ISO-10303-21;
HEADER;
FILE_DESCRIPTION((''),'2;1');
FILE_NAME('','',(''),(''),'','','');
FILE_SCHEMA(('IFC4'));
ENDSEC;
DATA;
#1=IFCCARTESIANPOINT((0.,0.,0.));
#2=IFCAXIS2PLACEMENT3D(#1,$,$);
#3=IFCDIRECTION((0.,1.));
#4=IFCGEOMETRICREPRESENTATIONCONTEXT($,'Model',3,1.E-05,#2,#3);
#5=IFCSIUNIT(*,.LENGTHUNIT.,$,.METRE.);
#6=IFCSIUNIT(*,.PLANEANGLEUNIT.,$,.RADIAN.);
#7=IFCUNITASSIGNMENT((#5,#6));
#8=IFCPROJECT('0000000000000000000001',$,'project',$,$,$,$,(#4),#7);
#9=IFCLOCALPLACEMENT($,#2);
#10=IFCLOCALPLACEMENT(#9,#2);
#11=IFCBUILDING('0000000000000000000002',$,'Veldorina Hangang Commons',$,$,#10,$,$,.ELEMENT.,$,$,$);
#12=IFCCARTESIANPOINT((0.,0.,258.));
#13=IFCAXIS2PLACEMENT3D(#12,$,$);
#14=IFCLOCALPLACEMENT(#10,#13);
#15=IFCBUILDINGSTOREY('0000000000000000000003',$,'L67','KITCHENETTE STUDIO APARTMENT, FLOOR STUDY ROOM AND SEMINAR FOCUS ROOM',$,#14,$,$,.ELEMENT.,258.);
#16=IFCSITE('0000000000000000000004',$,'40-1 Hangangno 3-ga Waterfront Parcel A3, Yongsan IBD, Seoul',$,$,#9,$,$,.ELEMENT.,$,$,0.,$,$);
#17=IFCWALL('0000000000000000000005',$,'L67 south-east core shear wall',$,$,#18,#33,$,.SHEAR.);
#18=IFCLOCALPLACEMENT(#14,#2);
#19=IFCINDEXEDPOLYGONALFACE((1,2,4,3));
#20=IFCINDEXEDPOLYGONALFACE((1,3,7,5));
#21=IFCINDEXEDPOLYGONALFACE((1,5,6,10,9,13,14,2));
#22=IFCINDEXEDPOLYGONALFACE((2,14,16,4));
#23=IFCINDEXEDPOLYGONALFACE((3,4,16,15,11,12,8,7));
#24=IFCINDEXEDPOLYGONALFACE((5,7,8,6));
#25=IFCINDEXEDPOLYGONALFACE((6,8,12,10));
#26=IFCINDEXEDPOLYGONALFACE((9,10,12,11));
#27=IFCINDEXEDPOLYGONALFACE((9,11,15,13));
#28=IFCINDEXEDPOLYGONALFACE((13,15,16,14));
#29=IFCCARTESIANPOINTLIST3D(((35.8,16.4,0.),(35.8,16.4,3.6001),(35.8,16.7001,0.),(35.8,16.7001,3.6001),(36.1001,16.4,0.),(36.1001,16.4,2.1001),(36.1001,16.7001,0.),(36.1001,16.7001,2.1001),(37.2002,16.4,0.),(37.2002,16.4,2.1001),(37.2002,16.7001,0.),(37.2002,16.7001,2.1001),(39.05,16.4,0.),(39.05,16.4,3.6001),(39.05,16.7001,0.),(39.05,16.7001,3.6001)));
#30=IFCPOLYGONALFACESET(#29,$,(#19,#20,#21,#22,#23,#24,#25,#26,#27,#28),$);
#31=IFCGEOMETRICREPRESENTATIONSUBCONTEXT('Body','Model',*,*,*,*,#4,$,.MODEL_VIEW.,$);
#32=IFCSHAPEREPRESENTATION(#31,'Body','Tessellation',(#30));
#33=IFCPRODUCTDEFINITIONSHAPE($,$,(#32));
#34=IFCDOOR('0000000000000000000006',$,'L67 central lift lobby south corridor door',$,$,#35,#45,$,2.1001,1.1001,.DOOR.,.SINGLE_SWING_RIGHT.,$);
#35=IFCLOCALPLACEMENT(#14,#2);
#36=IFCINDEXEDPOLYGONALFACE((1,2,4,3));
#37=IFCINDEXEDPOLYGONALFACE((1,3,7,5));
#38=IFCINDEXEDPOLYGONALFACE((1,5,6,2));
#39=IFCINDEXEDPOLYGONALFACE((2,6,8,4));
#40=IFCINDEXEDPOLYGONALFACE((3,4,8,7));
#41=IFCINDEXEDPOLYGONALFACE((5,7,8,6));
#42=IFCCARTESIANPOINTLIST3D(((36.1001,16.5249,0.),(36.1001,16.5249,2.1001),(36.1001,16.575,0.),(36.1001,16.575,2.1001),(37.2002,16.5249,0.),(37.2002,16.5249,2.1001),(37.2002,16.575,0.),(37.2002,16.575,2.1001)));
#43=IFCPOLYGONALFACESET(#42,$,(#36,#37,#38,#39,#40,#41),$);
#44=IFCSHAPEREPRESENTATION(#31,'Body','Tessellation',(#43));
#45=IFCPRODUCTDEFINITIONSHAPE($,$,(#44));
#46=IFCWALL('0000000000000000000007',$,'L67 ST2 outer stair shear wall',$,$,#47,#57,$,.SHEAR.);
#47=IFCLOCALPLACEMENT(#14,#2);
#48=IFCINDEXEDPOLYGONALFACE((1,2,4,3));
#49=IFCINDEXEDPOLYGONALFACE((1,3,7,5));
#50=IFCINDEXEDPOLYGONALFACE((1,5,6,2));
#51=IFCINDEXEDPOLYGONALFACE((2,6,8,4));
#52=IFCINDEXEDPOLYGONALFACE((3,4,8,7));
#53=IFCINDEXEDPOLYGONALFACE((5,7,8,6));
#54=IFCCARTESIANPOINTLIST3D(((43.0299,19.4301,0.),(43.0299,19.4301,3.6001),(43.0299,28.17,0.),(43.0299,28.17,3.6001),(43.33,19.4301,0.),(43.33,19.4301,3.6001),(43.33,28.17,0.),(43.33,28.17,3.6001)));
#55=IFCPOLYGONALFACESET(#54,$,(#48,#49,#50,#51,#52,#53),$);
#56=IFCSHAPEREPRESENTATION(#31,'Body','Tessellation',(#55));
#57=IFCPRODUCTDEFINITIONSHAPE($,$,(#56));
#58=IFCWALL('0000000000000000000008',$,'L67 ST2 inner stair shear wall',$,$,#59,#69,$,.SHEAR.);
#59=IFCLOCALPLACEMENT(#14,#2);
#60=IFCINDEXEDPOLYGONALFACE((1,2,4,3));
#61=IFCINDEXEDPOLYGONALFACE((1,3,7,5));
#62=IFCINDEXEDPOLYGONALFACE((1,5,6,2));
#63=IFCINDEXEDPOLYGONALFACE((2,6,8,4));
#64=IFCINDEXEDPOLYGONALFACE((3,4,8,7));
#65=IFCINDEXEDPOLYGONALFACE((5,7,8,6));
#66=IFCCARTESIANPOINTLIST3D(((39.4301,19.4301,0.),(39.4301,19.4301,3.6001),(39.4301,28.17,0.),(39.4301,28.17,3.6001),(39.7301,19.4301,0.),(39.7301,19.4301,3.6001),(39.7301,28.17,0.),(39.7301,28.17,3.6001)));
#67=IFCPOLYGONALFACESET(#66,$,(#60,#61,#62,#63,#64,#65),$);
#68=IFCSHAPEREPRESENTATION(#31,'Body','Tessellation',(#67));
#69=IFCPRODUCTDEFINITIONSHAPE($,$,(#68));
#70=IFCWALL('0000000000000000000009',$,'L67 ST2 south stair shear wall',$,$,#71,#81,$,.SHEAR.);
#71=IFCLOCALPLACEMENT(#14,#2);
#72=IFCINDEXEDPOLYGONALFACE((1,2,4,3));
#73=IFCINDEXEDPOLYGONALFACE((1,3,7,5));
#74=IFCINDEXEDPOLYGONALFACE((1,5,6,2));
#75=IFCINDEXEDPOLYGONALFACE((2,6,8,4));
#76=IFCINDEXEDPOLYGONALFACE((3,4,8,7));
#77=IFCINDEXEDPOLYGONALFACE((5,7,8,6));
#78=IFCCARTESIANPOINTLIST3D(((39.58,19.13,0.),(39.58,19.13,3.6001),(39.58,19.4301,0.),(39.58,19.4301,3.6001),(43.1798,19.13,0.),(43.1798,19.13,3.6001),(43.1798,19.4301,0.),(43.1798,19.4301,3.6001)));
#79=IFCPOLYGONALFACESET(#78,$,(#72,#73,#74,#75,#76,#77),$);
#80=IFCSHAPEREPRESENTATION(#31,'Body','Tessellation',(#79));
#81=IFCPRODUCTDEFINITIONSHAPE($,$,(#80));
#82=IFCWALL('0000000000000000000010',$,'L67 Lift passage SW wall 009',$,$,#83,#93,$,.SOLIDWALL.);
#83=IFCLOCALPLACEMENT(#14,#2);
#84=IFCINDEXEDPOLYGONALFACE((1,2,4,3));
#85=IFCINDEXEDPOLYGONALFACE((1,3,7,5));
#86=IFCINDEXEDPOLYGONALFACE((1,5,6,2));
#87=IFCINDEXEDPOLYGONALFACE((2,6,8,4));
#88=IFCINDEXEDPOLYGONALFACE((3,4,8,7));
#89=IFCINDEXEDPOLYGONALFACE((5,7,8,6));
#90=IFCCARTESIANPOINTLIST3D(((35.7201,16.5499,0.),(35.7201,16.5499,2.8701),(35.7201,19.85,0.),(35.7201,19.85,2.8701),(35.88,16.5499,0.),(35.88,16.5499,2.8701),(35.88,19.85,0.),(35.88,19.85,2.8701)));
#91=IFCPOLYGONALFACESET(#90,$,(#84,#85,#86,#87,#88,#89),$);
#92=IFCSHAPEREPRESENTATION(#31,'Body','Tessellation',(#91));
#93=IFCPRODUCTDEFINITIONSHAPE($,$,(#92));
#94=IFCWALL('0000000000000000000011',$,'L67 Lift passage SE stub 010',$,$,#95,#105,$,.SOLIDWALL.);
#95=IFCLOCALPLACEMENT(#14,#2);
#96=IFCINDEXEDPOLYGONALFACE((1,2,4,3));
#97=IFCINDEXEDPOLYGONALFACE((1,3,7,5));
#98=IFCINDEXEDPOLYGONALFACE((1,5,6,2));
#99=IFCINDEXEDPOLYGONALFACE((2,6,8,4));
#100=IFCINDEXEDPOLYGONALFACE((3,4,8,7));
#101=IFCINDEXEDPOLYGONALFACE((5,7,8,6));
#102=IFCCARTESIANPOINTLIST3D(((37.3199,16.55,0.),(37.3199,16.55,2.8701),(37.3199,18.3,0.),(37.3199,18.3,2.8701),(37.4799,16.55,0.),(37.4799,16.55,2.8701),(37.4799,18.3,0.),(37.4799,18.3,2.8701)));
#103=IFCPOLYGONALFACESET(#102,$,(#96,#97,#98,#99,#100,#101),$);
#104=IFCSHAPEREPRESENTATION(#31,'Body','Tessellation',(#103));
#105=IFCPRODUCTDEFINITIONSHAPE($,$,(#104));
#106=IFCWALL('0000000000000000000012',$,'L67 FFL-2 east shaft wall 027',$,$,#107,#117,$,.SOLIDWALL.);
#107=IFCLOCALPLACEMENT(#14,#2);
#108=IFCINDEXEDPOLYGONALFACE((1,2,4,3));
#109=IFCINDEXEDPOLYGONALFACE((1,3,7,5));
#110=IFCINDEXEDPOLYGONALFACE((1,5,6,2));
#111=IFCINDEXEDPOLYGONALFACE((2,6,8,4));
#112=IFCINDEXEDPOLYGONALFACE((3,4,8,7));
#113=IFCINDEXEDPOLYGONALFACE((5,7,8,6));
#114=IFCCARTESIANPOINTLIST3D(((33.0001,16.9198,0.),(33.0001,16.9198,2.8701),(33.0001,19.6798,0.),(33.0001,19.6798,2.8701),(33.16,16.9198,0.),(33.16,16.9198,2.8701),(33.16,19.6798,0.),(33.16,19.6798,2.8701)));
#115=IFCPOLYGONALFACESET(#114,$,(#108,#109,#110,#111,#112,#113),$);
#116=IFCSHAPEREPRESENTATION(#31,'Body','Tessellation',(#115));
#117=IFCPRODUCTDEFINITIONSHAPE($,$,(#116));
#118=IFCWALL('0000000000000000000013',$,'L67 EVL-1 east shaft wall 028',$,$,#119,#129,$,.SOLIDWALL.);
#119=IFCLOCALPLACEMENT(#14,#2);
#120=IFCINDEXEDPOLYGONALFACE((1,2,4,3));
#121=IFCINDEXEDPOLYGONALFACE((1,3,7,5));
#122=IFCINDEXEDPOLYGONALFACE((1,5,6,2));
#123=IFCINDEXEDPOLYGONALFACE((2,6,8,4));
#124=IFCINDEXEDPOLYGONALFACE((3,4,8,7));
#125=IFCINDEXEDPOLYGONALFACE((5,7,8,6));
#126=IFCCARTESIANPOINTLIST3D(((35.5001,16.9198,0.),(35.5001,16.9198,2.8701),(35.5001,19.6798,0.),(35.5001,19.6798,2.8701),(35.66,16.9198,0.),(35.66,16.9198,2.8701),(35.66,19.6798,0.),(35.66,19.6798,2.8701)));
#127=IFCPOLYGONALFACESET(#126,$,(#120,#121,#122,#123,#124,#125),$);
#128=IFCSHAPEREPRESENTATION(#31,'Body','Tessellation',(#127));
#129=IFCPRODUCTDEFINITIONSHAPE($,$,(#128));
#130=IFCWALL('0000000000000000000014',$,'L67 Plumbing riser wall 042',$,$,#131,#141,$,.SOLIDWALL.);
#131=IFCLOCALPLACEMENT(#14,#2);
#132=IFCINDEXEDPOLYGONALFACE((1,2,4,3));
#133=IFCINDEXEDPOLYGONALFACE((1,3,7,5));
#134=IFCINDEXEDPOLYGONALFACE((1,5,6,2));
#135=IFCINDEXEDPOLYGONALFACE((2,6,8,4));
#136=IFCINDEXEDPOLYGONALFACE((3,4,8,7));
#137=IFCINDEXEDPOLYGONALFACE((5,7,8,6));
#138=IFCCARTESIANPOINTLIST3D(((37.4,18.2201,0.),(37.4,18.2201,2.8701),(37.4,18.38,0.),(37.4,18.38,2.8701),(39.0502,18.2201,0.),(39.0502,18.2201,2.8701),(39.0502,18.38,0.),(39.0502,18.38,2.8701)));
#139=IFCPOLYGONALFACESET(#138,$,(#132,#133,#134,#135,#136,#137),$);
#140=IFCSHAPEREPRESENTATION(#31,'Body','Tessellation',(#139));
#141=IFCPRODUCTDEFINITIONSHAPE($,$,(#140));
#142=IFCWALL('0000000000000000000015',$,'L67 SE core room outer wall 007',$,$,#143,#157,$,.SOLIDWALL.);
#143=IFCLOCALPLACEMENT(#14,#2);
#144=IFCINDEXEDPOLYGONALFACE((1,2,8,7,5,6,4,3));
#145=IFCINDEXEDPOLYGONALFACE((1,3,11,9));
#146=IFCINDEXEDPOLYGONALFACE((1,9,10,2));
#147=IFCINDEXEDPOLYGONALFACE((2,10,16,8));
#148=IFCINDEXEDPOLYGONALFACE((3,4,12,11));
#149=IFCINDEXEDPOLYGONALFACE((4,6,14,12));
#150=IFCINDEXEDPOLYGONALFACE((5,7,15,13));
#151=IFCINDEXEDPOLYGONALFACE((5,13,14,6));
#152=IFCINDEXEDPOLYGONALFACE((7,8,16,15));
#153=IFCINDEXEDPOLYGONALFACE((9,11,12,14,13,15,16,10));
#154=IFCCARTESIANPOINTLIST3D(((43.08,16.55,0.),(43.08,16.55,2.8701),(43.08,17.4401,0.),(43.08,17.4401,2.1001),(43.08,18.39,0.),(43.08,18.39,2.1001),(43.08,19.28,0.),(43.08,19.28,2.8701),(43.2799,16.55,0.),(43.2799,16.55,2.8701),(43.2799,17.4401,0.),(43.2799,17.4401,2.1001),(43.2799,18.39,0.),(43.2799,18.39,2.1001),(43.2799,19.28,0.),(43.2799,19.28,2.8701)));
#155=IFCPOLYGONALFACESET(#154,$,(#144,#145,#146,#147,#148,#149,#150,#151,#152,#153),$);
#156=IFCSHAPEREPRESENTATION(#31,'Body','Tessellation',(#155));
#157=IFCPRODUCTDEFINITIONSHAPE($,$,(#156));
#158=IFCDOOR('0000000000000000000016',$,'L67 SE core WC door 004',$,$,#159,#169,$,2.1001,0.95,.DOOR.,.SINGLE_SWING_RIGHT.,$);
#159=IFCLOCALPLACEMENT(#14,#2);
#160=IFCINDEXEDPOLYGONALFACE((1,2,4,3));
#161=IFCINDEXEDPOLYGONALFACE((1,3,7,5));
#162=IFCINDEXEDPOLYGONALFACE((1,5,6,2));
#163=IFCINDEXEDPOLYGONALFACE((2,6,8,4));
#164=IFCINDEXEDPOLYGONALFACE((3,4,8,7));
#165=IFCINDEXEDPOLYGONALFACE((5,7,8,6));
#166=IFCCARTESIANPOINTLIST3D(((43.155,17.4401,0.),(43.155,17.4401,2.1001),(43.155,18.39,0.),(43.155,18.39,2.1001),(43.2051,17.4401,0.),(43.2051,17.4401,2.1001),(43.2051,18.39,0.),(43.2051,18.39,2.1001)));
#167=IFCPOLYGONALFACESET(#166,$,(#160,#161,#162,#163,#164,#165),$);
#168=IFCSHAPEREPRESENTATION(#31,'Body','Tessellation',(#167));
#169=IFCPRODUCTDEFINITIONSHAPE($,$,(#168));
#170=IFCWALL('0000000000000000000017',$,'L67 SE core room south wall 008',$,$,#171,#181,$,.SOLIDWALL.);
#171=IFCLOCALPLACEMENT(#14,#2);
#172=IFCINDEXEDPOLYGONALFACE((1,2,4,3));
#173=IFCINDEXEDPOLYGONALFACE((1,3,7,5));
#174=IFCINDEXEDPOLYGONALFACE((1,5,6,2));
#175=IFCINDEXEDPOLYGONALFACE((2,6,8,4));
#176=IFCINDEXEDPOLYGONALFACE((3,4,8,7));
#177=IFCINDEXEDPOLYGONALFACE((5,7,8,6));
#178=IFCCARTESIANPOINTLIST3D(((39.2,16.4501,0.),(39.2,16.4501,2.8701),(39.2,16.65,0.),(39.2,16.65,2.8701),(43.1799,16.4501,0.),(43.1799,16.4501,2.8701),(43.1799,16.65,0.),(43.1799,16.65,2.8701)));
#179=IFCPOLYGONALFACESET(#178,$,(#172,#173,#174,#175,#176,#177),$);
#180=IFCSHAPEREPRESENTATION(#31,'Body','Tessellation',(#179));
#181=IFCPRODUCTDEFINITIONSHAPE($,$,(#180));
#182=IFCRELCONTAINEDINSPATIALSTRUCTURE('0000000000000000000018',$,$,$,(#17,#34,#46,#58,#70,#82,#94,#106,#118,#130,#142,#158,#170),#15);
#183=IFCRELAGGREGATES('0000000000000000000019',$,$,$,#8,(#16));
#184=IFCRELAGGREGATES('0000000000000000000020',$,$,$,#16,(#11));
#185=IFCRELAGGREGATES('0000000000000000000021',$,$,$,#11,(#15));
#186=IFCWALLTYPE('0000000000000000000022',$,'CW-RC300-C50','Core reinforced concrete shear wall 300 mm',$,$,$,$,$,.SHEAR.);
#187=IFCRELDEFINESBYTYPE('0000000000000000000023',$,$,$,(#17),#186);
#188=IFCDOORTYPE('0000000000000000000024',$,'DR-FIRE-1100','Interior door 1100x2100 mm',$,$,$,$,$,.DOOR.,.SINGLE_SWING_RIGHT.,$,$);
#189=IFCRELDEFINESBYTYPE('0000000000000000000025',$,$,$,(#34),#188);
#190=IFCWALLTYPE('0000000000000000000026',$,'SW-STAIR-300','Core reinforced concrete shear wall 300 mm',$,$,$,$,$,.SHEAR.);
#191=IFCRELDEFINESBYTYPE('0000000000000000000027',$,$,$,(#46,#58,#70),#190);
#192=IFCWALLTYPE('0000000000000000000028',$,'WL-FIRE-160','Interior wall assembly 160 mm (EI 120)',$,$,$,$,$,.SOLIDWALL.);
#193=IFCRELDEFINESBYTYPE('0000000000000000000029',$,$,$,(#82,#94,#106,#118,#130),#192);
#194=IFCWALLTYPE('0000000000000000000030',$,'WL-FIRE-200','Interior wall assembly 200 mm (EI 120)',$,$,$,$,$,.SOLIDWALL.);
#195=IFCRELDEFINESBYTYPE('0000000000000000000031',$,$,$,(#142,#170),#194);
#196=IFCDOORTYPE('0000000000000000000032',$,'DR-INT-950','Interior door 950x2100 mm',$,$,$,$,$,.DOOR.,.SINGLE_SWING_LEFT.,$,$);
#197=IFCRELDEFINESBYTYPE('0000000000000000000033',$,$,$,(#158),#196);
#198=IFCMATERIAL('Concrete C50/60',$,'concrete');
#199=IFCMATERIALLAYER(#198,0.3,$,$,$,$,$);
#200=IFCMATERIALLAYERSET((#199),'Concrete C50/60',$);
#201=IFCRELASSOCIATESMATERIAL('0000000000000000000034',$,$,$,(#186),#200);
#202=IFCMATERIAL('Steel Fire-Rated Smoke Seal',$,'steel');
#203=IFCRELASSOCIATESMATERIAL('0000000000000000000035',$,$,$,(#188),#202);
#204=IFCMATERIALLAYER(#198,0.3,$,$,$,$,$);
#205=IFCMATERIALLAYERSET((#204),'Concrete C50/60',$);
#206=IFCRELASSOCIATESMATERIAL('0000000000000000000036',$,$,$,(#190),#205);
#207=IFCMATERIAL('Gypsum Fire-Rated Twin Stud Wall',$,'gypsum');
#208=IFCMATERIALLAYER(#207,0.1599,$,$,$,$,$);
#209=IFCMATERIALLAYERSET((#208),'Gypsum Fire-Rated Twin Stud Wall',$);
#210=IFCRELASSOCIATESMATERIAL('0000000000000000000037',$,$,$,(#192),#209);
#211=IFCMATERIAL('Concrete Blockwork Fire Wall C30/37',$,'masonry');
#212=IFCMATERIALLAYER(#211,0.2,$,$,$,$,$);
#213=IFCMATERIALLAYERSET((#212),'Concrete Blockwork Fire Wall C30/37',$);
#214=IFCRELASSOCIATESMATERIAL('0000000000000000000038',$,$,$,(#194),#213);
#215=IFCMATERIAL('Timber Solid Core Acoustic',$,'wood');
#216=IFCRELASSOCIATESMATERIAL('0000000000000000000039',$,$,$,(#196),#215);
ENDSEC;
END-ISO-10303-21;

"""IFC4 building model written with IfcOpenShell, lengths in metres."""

from ifc_helpers import new_model, si_unit, direction, frame, frame_2d, origin, place, context, subcontext, project, spatial, rectangle, extrude, material, layer, layer_set, type_object, element, fill, save


model = new_model("IFC4")

# Units and contexts
model_context = context("Model", 3, precision=1e-05, world=origin(), true_north=direction((0.0, 1.0)))
body_context = subcontext(model_context, "Body", "Model", "MODEL_VIEW")
ifc_project = project(units=[si_unit("LENGTHUNIT", "METRE"), si_unit("PLANEANGLEUNIT", "RADIAN")], contexts=[model_context])

# Site, building, storey
site_placement = place(None, origin())
site = spatial("IfcSite", under=ifc_project, at=site_placement, Name="40-1 Hangangno 3-ga Waterfront Parcel A3, Yongsan IBD, Seoul", CompositionType="ELEMENT", RefElevation=0.0)
building_placement = place(site_placement, origin())
building = spatial("IfcBuilding", under=site, at=building_placement, Name="Veldorina Hangang Commons", CompositionType="ELEMENT")
storey_placement = place(building_placement, frame((0.0, 0.0, 258.0)))
storey = spatial("IfcBuildingStorey", under=building, at=storey_placement, Name="L67", Description="KITCHENETTE STUDIO APARTMENT, FLOOR STUDY ROOM AND SEMINAR FOCUS ROOM", CompositionType="ELEMENT", Elevation=258.0)

# Shared definitions
ifc_material_1 = material(Name="Concrete C50/60", Category="concrete")

# Shared definitions
ifc_layer_1 = layer(ifc_material_1, 0.3)
ifc_layer_set_1 = layer_set([ifc_layer_1], Name="Concrete C50/60")
wall_type_1 = type_object("IfcWallType", Name="CW-RC300-C50", Description="Core reinforced concrete shear wall 300 mm", PredefinedType="SHEAR", material=ifc_layer_set_1)

# Wall, opening, door
wall_1_placement = place(storey_placement, frame((35.8, 16.55, 0.0), z_axis=(0.0, 0.0, 1.0), x_axis=(1.0, 0.0, 0.0)))
wall_1 = element("IfcWall", 1, at=wall_1_placement, inside=storey, type_object=wall_type_1, Name="L67 south-east core shear wall", PredefinedType="SHEAR", context=body_context, shape_type="SweptSolid", body=[
    extrude(rectangle(XDim=3.25, YDim=0.3, at=frame_2d((1.625, 0.0))), origin(), (0.0, 0.0, 1.0), 3.6001),
])
opening_1_placement = place(wall_1_placement, frame((0.3, 0.0, 0.0)))
opening_1 = element("IfcOpeningElement", 2, at=opening_1_placement, cuts=wall_1, PredefinedType="OPENING", context=body_context, shape_type="SweptSolid", body=[
    extrude(rectangle(XDim=1.1001, YDim=2.1001, at=frame_2d((0.55, 1.05))), frame((0.0, 0.1602, 0.0), z_axis=(0.0, -1.0, 0.0), x_axis=(1.0, 0.0, 0.0)), (0.0, 0.0, 1.0), 0.3201),
])
ifc_material_2 = material(Name="Steel Fire-Rated Smoke Seal", Category="steel")
door_type_1 = type_object("IfcDoorType", Name="DR-FIRE-1100", Description="Interior door 1100x2100 mm", OperationType="SINGLE_SWING_RIGHT", PredefinedType="DOOR", material=ifc_material_2)
door_1_placement = place(opening_1_placement, origin())
door_1 = element("IfcDoor", 3, at=door_1_placement, inside=storey, type_object=door_type_1, Name="L67 central lift lobby south corridor door", OperationType="SINGLE_SWING_RIGHT", OverallHeight=2.1001, OverallWidth=1.1001, PredefinedType="DOOR", context=body_context, shape_type="SweptSolid", body=[
    extrude(rectangle(XDim=1.1001, YDim=2.1001, at=frame_2d((0.55, 1.05))), frame((0.0, 0.0249, 0.0), z_axis=(0.0, -1.0, 0.0), x_axis=(1.0, 0.0, 0.0)), (0.0, 0.0, 1.0), 0.05),
])
fill(opening_1, door_1)

# Walls
ifc_layer_2 = layer(ifc_material_1, 0.3)
ifc_layer_set_2 = layer_set([ifc_layer_2], Name="Concrete C50/60")
wall_type_2 = type_object("IfcWallType", Name="SW-STAIR-300", Description="Core reinforced concrete shear wall 300 mm", PredefinedType="SHEAR", material=ifc_layer_set_2)
for number, where, z_axis, x_axis, name in (
    (4, (43.1799, 19.4299, 0.0), (0.0, 0.0, 1.0), (0.0, 1.0, 0.0), "L67 ST2 outer stair shear wall"),
    (5, (39.5801, 19.4299, 0.0), (0.0, 0.0, 1.0), (0.0, 1.0, 0.0), "L67 ST2 inner stair shear wall"),
):
    element("IfcWall", number, at=place(storey_placement, frame(where, z_axis=z_axis, x_axis=x_axis)), inside=storey, type_object=wall_type_2, Name=name, PredefinedType="SHEAR", context=body_context, shape_type="SweptSolid", body=[
        extrude(rectangle(XDim=8.74, YDim=0.3, at=frame_2d((4.3701, 0.0))), origin(), (0.0, 0.0, 1.0), 3.6001),
    ])
wall_2_placement = place(storey_placement, frame((39.5801, 19.28, 0.0), z_axis=(0.0, 0.0, 1.0), x_axis=(1.0, 0.0, 0.0)))
element("IfcWall", 6, at=wall_2_placement, inside=storey, type_object=wall_type_2, Name="L67 ST2 south stair shear wall", PredefinedType="SHEAR", context=body_context, shape_type="SweptSolid", body=[
    extrude(rectangle(XDim=3.5999, YDim=0.3, at=frame_2d((1.7998, 0.0))), origin(), (0.0, 0.0, 1.0), 3.6001),
])
ifc_material_3 = material(Name="Gypsum Fire-Rated Twin Stud Wall", Category="gypsum")
ifc_layer_3 = layer(ifc_material_3, 0.1599)
ifc_layer_set_3 = layer_set([ifc_layer_3], Name="Gypsum Fire-Rated Twin Stud Wall")
wall_type_3 = type_object("IfcWallType", Name="WL-FIRE-160", Description="Interior wall assembly 160 mm (EI 120)", PredefinedType="SOLIDWALL", material=ifc_layer_set_3)
wall_3_placement = place(storey_placement, frame((35.8, 16.55, 0.0), z_axis=(0.0, 0.0, 1.0), x_axis=(0.0, 1.0, 0.0)))
element("IfcWall", 7, at=wall_3_placement, inside=storey, type_object=wall_type_3, Name="L67 Lift passage SW wall 009", PredefinedType="SOLIDWALL", context=body_context, shape_type="SweptSolid", body=[
    extrude(rectangle(XDim=3.3, YDim=0.1599, at=frame_2d((1.6499, 0.0))), origin(), (0.0, 0.0, 1.0), 2.8701),
])
wall_4_placement = place(storey_placement, frame((37.3999, 16.55, 0.0), z_axis=(0.0, 0.0, 1.0), x_axis=(0.0, 1.0, 0.0)))
element("IfcWall", 8, at=wall_4_placement, inside=storey, type_object=wall_type_3, Name="L67 Lift passage SE stub 010", PredefinedType="SOLIDWALL", context=body_context, shape_type="SweptSolid", body=[
    extrude(rectangle(XDim=1.75, YDim=0.1599, at=frame_2d((0.875, 0.0))), origin(), (0.0, 0.0, 1.0), 2.8701),
])
for number, where, z_axis, x_axis, name in (
    (9, (33.0801, 16.9199, 0.0), (0.0, 0.0, 1.0), (0.0, 1.0, 0.0), "L67 FFL-2 east shaft wall 027"),
    (10, (35.5801, 16.9199, 0.0), (0.0, 0.0, 1.0), (0.0, 1.0, 0.0), "L67 EVL-1 east shaft wall 028"),
):
    element("IfcWall", number, at=place(storey_placement, frame(where, z_axis=z_axis, x_axis=x_axis)), inside=storey, type_object=wall_type_3, Name=name, PredefinedType="SOLIDWALL", context=body_context, shape_type="SweptSolid", body=[
        extrude(rectangle(XDim=2.76, YDim=0.1599, at=frame_2d((1.3799, 0.0))), origin(), (0.0, 0.0, 1.0), 2.8701),
    ])
wall_5_placement = place(storey_placement, frame((37.3999, 18.3, 0.0), z_axis=(0.0, 0.0, 1.0), x_axis=(1.0, 0.0, 0.0)))
element("IfcWall", 11, at=wall_5_placement, inside=storey, type_object=wall_type_3, Name="L67 Plumbing riser wall 042", PredefinedType="SOLIDWALL", context=body_context, shape_type="SweptSolid", body=[
    extrude(rectangle(XDim=1.6501, YDim=0.1599, at=frame_2d((0.8252, 0.0))), origin(), (0.0, 0.0, 1.0), 2.8701),
])

# Wall, opening, door
ifc_material_4 = material(Name="Concrete Blockwork Fire Wall C30/37", Category="masonry")
ifc_layer_4 = layer(ifc_material_4, 0.2)
ifc_layer_set_4 = layer_set([ifc_layer_4], Name="Concrete Blockwork Fire Wall C30/37")
wall_type_4 = type_object("IfcWallType", Name="WL-FIRE-200", Description="Interior wall assembly 200 mm (EI 120)", PredefinedType="SOLIDWALL", material=ifc_layer_set_4)
wall_6_placement = place(storey_placement, frame((43.1799, 16.55, 0.0), z_axis=(0.0, 0.0, 1.0), x_axis=(0.0, 1.0, 0.0)))
wall_6 = element("IfcWall", 12, at=wall_6_placement, inside=storey, type_object=wall_type_4, Name="L67 SE core room outer wall 007", PredefinedType="SOLIDWALL", context=body_context, shape_type="SweptSolid", body=[
    extrude(rectangle(XDim=2.73, YDim=0.2, at=frame_2d((1.365, 0.0))), origin(), (0.0, 0.0, 1.0), 2.8701),
])
opening_2_placement = place(wall_6_placement, frame((0.8899, 0.0, 0.0)))
opening_2 = element("IfcOpeningElement", 13, at=opening_2_placement, cuts=wall_6, PredefinedType="OPENING", context=body_context, shape_type="SweptSolid", body=[
    extrude(rectangle(XDim=0.95, YDim=2.1001, at=frame_2d((0.4751, 1.05))), frame((0.0, 0.1099, 0.0), z_axis=(0.0, -1.0, 0.0), x_axis=(1.0, 0.0, 0.0)), (0.0, 0.0, 1.0), 0.22),
])
ifc_material_5 = material(Name="Timber Solid Core Acoustic", Category="wood")
door_type_2 = type_object("IfcDoorType", Name="DR-INT-950", Description="Interior door 950x2100 mm", OperationType="SINGLE_SWING_LEFT", PredefinedType="DOOR", material=ifc_material_5)
door_2_placement = place(opening_2_placement, origin())
door_2 = element("IfcDoor", 14, at=door_2_placement, inside=storey, type_object=door_type_2, Name="L67 SE core WC door 004", OperationType="SINGLE_SWING_RIGHT", OverallHeight=2.1001, OverallWidth=0.95, PredefinedType="DOOR", context=body_context, shape_type="SweptSolid", body=[
    extrude(rectangle(XDim=0.95, YDim=2.1001, at=frame_2d((0.4751, 1.05))), frame((0.0, 0.0249, 0.0), z_axis=(0.0, -1.0, 0.0), x_axis=(1.0, 0.0, 0.0)), (0.0, 0.0, 1.0), 0.05),
])
fill(opening_2, door_2)

# Wall
wall_7_placement = place(storey_placement, frame((39.2, 16.55, 0.0), z_axis=(0.0, 0.0, 1.0), x_axis=(1.0, 0.0, 0.0)))
element("IfcWall", 15, at=wall_7_placement, inside=storey, type_object=wall_type_4, Name="L67 SE core room south wall 008", PredefinedType="SOLIDWALL", context=body_context, shape_type="SweptSolid", body=[
    extrude(rectangle(XDim=3.98, YDim=0.2, at=frame_2d((1.99, 0.0))), origin(), (0.0, 0.0, 1.0), 2.8701),
])

save(model, "model.ifc")
